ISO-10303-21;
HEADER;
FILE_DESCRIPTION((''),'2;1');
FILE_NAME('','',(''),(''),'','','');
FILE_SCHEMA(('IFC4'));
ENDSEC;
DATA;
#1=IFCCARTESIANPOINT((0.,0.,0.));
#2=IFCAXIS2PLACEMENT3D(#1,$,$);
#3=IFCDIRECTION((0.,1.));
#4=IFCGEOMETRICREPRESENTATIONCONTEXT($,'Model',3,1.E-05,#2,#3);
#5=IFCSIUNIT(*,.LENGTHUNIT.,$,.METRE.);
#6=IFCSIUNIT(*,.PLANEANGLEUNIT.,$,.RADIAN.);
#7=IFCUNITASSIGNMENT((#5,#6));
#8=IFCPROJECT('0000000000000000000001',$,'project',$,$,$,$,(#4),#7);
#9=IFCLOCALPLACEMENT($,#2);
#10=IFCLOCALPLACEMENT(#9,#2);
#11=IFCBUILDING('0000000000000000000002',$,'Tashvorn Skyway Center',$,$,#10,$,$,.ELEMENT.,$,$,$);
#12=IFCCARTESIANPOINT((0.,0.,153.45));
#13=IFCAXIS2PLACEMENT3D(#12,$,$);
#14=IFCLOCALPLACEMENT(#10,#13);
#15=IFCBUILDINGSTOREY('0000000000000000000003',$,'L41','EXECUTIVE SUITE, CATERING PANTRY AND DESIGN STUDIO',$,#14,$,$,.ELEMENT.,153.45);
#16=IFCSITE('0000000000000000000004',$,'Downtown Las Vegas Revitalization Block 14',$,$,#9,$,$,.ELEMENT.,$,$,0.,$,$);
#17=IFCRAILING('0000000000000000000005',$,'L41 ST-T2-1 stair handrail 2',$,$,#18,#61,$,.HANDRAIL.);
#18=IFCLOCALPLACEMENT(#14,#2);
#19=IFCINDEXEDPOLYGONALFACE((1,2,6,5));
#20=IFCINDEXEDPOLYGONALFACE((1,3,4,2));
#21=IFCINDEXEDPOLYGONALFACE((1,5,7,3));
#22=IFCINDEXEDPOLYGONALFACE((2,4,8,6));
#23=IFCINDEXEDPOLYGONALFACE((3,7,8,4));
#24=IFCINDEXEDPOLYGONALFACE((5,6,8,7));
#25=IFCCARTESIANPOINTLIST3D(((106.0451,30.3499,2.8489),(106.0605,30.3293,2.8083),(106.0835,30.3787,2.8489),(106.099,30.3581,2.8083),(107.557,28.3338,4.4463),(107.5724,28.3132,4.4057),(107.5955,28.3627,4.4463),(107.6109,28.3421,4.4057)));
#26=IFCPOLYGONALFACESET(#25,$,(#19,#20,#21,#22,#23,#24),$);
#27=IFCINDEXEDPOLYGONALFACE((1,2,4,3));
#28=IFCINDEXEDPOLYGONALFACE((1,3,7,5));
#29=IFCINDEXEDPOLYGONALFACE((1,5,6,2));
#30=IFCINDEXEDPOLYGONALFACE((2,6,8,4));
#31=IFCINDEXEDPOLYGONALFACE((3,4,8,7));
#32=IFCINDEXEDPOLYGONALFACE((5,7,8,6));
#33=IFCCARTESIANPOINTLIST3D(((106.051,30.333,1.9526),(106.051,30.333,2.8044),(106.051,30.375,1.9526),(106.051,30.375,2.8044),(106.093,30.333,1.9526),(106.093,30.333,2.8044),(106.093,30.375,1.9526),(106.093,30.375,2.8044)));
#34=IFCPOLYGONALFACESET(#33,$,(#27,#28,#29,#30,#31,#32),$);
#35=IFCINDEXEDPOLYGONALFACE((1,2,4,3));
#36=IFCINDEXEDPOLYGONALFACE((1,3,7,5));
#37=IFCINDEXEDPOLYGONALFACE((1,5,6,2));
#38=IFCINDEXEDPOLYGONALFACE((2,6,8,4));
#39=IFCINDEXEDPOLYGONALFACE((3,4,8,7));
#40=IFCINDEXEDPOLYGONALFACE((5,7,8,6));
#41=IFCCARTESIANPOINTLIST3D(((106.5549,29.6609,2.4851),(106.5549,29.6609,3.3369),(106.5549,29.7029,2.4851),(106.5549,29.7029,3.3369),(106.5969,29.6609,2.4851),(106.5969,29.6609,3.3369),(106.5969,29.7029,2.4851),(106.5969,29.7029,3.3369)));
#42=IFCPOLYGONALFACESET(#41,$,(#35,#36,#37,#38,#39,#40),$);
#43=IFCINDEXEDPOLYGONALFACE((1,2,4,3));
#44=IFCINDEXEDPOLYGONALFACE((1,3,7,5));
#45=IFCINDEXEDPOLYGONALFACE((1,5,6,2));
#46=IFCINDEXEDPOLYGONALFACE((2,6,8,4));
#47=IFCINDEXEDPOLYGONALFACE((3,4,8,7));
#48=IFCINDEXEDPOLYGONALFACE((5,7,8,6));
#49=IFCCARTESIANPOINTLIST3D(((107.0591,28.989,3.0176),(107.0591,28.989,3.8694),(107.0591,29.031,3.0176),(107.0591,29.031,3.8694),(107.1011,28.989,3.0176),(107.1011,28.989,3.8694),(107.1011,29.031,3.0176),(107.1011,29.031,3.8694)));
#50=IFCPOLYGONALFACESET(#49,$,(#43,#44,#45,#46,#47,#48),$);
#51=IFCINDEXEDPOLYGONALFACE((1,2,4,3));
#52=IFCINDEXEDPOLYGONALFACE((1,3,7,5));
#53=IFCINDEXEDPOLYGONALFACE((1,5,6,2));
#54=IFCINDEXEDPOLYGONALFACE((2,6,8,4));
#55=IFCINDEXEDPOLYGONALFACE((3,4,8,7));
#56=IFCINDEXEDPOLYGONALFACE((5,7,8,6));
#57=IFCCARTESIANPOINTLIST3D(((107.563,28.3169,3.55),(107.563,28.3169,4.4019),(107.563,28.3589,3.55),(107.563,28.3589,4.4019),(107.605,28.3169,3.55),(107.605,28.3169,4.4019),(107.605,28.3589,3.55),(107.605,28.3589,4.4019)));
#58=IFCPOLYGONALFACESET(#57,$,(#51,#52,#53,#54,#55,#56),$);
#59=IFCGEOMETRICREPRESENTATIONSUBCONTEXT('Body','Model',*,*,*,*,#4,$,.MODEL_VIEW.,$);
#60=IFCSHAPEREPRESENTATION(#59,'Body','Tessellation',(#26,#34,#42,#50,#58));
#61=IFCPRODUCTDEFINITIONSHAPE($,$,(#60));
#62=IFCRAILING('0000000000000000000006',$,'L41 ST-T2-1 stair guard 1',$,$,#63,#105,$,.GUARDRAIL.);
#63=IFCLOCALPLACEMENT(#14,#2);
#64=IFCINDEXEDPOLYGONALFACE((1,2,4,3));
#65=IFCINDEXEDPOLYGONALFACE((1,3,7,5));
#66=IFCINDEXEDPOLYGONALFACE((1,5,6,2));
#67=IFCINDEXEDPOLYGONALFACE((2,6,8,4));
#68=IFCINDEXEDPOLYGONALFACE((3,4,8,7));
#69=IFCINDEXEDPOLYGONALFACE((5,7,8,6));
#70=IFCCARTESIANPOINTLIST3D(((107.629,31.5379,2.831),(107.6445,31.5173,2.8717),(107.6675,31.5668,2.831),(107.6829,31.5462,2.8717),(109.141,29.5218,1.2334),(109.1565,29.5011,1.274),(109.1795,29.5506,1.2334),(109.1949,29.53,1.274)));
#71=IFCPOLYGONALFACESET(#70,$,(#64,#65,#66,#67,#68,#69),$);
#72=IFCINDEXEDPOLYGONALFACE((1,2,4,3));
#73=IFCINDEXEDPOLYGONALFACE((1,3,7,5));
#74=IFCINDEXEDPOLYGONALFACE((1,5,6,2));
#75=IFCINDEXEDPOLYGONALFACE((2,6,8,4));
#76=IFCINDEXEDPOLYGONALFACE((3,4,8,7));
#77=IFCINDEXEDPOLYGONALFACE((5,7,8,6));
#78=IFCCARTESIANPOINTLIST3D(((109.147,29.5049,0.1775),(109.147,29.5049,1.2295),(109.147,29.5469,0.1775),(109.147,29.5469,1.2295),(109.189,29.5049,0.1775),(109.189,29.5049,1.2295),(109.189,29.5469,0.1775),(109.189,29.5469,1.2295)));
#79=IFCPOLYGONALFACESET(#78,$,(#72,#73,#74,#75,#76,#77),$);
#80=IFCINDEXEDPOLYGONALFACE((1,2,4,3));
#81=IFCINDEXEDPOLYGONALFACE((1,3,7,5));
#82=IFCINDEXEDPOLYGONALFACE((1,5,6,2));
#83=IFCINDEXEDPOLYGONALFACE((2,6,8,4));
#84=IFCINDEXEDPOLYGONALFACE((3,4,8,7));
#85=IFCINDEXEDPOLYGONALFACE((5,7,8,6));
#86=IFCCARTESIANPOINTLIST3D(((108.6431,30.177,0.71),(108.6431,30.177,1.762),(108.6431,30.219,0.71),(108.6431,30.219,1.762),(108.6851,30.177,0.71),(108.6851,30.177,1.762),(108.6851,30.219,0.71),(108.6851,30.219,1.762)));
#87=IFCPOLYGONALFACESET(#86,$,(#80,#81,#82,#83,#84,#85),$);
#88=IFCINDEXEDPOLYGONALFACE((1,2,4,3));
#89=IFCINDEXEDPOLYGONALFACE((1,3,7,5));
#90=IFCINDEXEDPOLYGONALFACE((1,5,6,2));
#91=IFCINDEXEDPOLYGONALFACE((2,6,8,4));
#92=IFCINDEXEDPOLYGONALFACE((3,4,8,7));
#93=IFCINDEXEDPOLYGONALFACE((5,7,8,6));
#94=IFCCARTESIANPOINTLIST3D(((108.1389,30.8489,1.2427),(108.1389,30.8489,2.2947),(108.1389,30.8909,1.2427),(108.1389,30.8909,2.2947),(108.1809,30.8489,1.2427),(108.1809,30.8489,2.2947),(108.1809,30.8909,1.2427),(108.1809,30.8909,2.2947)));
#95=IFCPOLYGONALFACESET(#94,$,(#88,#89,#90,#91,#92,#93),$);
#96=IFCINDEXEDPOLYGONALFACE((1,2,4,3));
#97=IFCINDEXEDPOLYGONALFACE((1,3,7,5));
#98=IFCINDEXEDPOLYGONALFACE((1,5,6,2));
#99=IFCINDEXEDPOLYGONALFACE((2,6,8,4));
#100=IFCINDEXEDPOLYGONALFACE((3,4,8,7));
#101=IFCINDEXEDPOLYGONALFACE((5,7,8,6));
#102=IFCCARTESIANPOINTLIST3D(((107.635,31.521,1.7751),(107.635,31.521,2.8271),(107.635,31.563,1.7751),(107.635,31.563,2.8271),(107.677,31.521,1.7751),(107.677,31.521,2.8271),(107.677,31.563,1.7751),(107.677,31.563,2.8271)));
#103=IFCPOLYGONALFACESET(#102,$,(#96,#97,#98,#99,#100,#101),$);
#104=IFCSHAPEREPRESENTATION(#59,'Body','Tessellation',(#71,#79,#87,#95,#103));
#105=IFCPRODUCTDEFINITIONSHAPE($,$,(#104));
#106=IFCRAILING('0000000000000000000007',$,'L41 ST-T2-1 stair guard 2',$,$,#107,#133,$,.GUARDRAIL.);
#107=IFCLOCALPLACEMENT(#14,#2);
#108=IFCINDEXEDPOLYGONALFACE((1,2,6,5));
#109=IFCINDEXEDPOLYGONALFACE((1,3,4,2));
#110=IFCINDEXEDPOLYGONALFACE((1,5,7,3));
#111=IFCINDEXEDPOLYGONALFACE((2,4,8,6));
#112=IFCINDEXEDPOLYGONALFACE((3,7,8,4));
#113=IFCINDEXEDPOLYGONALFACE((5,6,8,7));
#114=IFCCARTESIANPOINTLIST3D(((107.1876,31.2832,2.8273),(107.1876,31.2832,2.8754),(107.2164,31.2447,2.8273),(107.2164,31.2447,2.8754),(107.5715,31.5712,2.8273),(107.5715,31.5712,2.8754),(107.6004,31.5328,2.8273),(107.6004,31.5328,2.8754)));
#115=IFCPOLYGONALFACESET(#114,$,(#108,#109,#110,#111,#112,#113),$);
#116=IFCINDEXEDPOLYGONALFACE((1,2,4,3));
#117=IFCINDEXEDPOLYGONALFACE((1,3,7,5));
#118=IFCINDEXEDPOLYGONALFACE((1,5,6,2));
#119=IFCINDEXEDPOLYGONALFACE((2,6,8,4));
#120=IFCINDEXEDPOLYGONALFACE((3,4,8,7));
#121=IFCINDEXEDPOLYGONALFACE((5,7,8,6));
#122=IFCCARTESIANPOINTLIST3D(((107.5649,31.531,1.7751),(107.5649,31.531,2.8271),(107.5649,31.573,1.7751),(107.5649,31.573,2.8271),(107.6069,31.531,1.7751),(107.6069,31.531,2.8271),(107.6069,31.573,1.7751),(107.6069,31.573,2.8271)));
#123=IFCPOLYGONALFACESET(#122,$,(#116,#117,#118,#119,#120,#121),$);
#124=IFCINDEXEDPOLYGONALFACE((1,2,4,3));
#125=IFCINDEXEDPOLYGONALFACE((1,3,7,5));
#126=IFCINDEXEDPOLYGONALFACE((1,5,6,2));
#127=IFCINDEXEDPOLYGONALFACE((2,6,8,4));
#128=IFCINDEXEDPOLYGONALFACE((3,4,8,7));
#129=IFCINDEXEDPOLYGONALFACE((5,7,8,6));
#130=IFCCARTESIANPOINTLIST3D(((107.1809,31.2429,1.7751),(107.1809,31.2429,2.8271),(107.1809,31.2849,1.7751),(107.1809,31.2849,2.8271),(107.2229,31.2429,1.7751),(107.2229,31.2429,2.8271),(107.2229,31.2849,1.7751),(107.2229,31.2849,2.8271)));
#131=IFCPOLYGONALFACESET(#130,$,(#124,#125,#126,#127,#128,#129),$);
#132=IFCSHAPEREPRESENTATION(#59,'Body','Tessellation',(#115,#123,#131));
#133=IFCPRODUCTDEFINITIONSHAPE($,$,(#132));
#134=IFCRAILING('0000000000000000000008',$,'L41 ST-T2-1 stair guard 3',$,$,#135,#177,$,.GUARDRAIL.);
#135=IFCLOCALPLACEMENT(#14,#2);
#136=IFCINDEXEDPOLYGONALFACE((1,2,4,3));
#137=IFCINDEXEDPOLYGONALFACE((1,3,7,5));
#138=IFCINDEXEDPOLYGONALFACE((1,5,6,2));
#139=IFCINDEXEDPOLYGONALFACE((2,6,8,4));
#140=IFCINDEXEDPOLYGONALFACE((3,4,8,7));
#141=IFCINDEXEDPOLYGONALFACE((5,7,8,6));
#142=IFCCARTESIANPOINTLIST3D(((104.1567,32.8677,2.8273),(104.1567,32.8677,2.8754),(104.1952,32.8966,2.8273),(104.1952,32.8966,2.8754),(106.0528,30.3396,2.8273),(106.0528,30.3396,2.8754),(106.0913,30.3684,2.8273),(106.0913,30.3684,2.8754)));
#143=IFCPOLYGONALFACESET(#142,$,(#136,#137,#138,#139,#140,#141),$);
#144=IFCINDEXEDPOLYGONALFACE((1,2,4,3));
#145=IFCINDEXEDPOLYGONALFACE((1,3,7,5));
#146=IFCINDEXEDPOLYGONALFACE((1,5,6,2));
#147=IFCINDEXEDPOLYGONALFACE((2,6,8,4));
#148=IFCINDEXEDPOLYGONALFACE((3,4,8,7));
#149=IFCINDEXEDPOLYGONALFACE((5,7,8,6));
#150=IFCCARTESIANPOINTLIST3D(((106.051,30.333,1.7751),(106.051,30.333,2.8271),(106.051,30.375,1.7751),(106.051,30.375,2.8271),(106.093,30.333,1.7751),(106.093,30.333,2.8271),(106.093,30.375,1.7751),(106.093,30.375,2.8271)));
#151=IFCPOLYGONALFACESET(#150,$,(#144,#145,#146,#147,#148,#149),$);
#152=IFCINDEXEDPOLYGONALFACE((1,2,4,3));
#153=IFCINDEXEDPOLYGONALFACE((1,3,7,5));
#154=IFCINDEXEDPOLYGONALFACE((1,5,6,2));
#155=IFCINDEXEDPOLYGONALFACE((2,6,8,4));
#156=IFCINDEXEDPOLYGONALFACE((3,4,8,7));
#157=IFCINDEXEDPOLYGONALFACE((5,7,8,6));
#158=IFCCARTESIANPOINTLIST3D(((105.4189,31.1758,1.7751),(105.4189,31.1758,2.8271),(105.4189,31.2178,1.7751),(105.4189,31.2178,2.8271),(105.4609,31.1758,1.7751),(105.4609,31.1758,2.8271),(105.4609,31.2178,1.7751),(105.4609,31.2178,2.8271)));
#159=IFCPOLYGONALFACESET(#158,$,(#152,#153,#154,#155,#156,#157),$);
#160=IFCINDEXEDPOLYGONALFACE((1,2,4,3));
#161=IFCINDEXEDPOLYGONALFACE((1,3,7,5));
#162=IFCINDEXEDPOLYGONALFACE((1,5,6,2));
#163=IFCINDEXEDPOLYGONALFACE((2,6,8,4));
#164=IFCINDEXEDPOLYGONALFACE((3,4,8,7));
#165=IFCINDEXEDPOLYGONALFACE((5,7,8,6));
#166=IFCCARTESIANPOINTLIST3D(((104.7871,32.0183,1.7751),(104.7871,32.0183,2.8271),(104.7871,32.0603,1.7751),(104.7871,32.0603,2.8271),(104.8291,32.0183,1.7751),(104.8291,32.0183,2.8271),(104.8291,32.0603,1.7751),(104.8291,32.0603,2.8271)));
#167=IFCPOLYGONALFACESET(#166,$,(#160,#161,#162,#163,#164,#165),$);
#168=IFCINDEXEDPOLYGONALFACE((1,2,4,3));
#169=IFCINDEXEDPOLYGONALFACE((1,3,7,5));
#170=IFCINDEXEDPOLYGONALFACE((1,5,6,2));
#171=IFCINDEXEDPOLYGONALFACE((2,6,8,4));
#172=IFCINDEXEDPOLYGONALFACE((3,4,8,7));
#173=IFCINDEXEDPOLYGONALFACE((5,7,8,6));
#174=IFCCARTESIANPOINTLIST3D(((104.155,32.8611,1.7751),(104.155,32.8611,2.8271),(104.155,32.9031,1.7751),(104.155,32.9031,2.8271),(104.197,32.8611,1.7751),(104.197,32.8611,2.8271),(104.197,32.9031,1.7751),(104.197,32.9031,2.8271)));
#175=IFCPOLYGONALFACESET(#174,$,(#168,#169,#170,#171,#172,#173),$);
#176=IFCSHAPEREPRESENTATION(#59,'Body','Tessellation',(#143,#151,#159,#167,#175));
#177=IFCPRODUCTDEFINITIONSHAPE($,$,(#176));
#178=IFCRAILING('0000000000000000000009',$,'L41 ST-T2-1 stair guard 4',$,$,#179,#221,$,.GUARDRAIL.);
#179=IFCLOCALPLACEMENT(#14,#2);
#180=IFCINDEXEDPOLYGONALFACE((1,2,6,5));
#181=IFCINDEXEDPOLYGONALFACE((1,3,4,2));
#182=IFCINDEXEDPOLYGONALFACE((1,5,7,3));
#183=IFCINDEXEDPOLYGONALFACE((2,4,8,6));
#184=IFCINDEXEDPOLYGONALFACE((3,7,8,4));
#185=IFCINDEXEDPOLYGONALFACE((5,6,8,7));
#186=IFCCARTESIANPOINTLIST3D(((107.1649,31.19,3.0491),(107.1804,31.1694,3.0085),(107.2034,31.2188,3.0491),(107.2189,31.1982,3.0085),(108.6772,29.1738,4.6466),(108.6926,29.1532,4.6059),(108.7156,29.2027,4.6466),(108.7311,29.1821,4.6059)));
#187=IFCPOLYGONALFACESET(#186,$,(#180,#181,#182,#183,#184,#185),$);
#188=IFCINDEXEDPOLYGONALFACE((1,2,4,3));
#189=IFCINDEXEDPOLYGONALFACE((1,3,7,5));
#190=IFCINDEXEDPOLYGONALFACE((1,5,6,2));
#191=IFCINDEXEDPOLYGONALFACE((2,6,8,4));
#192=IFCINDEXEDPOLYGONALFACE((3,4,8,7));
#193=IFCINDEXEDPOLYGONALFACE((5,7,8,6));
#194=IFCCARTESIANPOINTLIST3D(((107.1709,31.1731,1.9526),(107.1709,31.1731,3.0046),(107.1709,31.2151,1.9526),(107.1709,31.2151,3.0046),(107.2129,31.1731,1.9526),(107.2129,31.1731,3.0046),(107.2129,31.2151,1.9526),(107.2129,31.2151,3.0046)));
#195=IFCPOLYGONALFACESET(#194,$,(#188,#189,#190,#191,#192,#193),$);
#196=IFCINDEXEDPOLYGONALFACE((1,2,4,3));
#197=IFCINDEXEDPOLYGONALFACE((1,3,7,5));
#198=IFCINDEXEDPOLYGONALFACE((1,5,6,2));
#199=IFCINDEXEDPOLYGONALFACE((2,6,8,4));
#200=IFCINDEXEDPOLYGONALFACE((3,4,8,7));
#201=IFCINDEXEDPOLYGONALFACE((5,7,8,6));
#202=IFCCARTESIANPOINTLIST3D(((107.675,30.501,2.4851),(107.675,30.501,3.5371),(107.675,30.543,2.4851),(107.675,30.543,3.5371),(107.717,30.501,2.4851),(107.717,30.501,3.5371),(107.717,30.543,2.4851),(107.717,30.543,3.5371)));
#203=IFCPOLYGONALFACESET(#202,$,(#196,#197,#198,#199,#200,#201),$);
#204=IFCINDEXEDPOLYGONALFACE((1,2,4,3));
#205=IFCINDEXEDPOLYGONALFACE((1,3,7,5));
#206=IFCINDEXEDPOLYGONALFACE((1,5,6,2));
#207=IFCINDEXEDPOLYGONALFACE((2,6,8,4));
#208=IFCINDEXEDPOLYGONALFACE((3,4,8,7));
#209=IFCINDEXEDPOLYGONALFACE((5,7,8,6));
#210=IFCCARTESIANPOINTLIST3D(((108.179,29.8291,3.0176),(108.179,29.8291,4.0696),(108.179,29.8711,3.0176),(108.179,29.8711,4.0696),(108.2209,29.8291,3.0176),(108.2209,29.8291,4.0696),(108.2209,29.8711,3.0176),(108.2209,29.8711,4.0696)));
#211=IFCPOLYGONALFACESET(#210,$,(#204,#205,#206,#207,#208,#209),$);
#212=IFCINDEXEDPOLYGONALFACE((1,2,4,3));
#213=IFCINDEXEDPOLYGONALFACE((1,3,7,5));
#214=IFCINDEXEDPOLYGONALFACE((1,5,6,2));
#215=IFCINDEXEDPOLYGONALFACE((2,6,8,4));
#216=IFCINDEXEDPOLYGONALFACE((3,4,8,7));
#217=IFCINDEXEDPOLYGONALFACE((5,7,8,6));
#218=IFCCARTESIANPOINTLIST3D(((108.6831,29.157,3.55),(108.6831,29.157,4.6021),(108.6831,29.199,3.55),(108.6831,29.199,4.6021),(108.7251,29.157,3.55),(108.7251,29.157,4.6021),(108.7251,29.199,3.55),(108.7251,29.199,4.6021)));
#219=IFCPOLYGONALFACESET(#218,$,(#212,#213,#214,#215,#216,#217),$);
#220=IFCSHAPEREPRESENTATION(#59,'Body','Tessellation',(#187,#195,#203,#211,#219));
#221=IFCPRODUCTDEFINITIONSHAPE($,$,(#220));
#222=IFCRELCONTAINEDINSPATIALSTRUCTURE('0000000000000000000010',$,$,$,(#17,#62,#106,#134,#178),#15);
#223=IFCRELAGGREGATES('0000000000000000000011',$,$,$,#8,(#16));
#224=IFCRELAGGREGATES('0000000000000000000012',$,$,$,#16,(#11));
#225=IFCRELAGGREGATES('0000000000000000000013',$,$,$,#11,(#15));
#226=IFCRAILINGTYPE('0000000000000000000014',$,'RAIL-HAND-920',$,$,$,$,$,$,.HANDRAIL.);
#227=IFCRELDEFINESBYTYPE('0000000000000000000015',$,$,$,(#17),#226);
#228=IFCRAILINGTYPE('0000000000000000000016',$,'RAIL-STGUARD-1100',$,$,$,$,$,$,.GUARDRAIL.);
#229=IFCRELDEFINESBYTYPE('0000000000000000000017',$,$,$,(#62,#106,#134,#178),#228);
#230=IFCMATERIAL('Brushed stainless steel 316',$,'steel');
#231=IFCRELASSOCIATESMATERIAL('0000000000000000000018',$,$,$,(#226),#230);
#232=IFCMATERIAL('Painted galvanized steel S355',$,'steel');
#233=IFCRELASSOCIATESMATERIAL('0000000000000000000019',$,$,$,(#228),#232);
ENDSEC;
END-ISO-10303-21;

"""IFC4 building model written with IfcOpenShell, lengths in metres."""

from ifc_helpers import new_model, si_unit, direction, frame, origin, origin_2d, place, context, subcontext, project, spatial, rectangle, extrude, material, type_object, element, save


model = new_model("IFC4")

# Units and contexts
model_context = context("Model", 3, precision=1e-05, world=origin(), true_north=direction((0.0, 1.0)))
body_context = subcontext(model_context, "Body", "Model", "MODEL_VIEW")
ifc_project = project(units=[si_unit("LENGTHUNIT", "METRE"), si_unit("PLANEANGLEUNIT", "RADIAN")], contexts=[model_context])

# Site, building, storey
site_placement = place(None, origin())
site = spatial("IfcSite", under=ifc_project, at=site_placement, Name="Downtown Las Vegas Revitalization Block 14", CompositionType="ELEMENT", RefElevation=0.0)
building_placement = place(site_placement, origin())
building = spatial("IfcBuilding", under=site, at=building_placement, Name="Tashvorn Skyway Center", CompositionType="ELEMENT")
storey_placement = place(building_placement, frame((0.0, 0.0, 153.45)))
storey = spatial("IfcBuildingStorey", under=building, at=storey_placement, Name="L41", Description="EXECUTIVE SUITE, CATERING PANTRY AND DESIGN STUDIO", CompositionType="ELEMENT", Elevation=153.45)

# Railings
ifc_material_1 = material(Name="Brushed stainless steel 316", Category="steel")
railing_type_1 = type_object("IfcRailingType", Name="RAIL-HAND-920", PredefinedType="HANDRAIL", material=ifc_material_1)
railing_1_placement = place(storey_placement, frame((106.072, 30.354, 1.9526)))
element("IfcRailing", 1, at=railing_1_placement, inside=storey, type_object=railing_type_1, Name="L41 ST-T2-1 stair handrail 2", PredefinedType="HANDRAIL", context=body_context, shape_type="SweptSolid", body=[
    extrude(rectangle(XDim=0.0481, YDim=0.0481, at=origin_2d()), frame((0.0, 0.0, 0.876), z_axis=(0.506741, -0.675709, 0.535379), x_axis=(0.800023, 0.599969, 0.0)), (0.0, 0.0, 1.0), 2.9836),
    extrude(rectangle(XDim=0.042, YDim=0.042, at=origin_2d()), origin(), (0.0, 0.0, 1.0), 0.8518),
    extrude(rectangle(XDim=0.042, YDim=0.042, at=origin_2d()), frame((0.5039, -0.6721, 0.5325)), (0.0, 0.0, 1.0), 0.8518),
    extrude(rectangle(XDim=0.042, YDim=0.042, at=origin_2d()), frame((1.0081, -1.344, 1.0649)), (0.0, 0.0, 1.0), 0.8518),
    extrude(rectangle(XDim=0.042, YDim=0.042, at=origin_2d()), frame((1.512, -2.0161, 1.5974)), (0.0, 0.0, 1.0), 0.8518),
])
ifc_material_2 = material(Name="Painted galvanized steel S355", Category="steel")
railing_type_2 = type_object("IfcRailingType", Name="RAIL-STGUARD-1100", PredefinedType="GUARDRAIL", material=ifc_material_2)
railing_2_placement = place(storey_placement, frame((109.168, 29.5259, 0.1775)))
element("IfcRailing", 2, at=railing_2_placement, inside=storey, type_object=railing_type_2, Name="L41 ST-T2-1 stair guard 1", PredefinedType="GUARDRAIL", context=body_context, shape_type="SweptSolid", body=[
    extrude(rectangle(XDim=0.0481, YDim=0.0481, at=origin_2d()), frame((0.0, 0.0, 1.0762), z_axis=(-0.506719, 0.675679, 0.535438), x_axis=(-0.800023, -0.599969, 0.0)), (0.0, 0.0, 1.0), 2.9839),
    extrude(rectangle(XDim=0.042, YDim=0.042, at=origin_2d()), origin(), (0.0, 0.0, 1.0), 1.052),
    extrude(rectangle(XDim=0.042, YDim=0.042, at=origin_2d()), frame((-0.5039, 0.6721, 0.5325)), (0.0, 0.0, 1.0), 1.052),
    extrude(rectangle(XDim=0.042, YDim=0.042, at=origin_2d()), frame((-1.0081, 1.344, 1.0652)), (0.0, 0.0, 1.0), 1.052),
    extrude(rectangle(XDim=0.042, YDim=0.042, at=origin_2d()), frame((-1.512, 2.0161, 1.5977)), (0.0, 0.0, 1.0), 1.052),
])
railing_3_placement = place(storey_placement, frame((107.5859, 31.552, 1.7751)))
element("IfcRailing", 3, at=railing_3_placement, inside=storey, type_object=railing_type_2, Name="L41 ST-T2-1 stair guard 2", PredefinedType="GUARDRAIL", context=body_context, shape_type="SweptSolid", body=[
    extrude(rectangle(XDim=0.0481, YDim=0.0481, at=origin_2d()), frame((0.0, 0.0, 1.0762), z_axis=(-0.799939, -0.600081, 0.0), x_axis=(0.600081, -0.799939, 0.0)), (0.0, 0.0, 1.0), 0.48),
    extrude(rectangle(XDim=0.042, YDim=0.042, at=origin_2d()), origin(), (0.0, 0.0, 1.0), 1.052),
    extrude(rectangle(XDim=0.042, YDim=0.042, at=origin_2d()), frame((-0.384, -0.2881, 0.0)), (0.0, 0.0, 1.0), 1.052),
])
railing_4_placement = place(storey_placement, frame((106.072, 30.354, 1.7751)))
element("IfcRailing", 4, at=railing_4_placement, inside=storey, type_object=railing_type_2, Name="L41 ST-T2-1 stair guard 3", PredefinedType="GUARDRAIL", context=body_context, shape_type="SweptSolid", body=[
    extrude(rectangle(XDim=0.0481, YDim=0.0481, at=origin_2d()), frame((0.0, 0.0, 1.0762), z_axis=(-0.599988, 0.800009, 0.0), x_axis=(-0.800009, -0.599988, 0.0)), (0.0, 0.0, 1.0), 3.1602),
    extrude(rectangle(XDim=0.042, YDim=0.042, at=origin_2d()), origin(), (0.0, 0.0, 1.0), 1.052),
    extrude(rectangle(XDim=0.042, YDim=0.042, at=origin_2d()), frame((-0.6321, 0.8428, 0.0)), (0.0, 0.0, 1.0), 1.052),
    extrude(rectangle(XDim=0.042, YDim=0.042, at=origin_2d()), frame((-1.2639, 1.6853, 0.0)), (0.0, 0.0, 1.0), 1.052),
    extrude(rectangle(XDim=0.042, YDim=0.042, at=origin_2d()), frame((-1.896, 2.5281, 0.0)), (0.0, 0.0, 1.0), 1.052),
])
railing_5_placement = place(storey_placement, frame((107.1919, 31.1941, 1.9526)))
element("IfcRailing", 5, at=railing_5_placement, inside=storey, type_object=railing_type_2, Name="L41 ST-T2-1 stair guard 4", PredefinedType="GUARDRAIL", context=body_context, shape_type="SweptSolid", body=[
    extrude(rectangle(XDim=0.0481, YDim=0.0481, at=origin_2d()), frame((0.0, 0.0, 1.0762), z_axis=(0.506802, -0.675681, 0.535357), x_axis=(0.799977, 0.600031, 0.0)), (0.0, 0.0, 1.0), 2.9839),
    extrude(rectangle(XDim=0.042, YDim=0.042, at=origin_2d()), origin(), (0.0, 0.0, 1.0), 1.052),
    extrude(rectangle(XDim=0.042, YDim=0.042, at=origin_2d()), frame((0.5042, -0.6721, 0.5325)), (0.0, 0.0, 1.0), 1.052),
    extrude(rectangle(XDim=0.042, YDim=0.042, at=origin_2d()), frame((1.0081, -1.344, 1.0649)), (0.0, 0.0, 1.0), 1.052),
    extrude(rectangle(XDim=0.042, YDim=0.042, at=origin_2d()), frame((1.5122, -2.0161, 1.5974)), (0.0, 0.0, 1.0), 1.052),
])

save(model, "model.ifc")
